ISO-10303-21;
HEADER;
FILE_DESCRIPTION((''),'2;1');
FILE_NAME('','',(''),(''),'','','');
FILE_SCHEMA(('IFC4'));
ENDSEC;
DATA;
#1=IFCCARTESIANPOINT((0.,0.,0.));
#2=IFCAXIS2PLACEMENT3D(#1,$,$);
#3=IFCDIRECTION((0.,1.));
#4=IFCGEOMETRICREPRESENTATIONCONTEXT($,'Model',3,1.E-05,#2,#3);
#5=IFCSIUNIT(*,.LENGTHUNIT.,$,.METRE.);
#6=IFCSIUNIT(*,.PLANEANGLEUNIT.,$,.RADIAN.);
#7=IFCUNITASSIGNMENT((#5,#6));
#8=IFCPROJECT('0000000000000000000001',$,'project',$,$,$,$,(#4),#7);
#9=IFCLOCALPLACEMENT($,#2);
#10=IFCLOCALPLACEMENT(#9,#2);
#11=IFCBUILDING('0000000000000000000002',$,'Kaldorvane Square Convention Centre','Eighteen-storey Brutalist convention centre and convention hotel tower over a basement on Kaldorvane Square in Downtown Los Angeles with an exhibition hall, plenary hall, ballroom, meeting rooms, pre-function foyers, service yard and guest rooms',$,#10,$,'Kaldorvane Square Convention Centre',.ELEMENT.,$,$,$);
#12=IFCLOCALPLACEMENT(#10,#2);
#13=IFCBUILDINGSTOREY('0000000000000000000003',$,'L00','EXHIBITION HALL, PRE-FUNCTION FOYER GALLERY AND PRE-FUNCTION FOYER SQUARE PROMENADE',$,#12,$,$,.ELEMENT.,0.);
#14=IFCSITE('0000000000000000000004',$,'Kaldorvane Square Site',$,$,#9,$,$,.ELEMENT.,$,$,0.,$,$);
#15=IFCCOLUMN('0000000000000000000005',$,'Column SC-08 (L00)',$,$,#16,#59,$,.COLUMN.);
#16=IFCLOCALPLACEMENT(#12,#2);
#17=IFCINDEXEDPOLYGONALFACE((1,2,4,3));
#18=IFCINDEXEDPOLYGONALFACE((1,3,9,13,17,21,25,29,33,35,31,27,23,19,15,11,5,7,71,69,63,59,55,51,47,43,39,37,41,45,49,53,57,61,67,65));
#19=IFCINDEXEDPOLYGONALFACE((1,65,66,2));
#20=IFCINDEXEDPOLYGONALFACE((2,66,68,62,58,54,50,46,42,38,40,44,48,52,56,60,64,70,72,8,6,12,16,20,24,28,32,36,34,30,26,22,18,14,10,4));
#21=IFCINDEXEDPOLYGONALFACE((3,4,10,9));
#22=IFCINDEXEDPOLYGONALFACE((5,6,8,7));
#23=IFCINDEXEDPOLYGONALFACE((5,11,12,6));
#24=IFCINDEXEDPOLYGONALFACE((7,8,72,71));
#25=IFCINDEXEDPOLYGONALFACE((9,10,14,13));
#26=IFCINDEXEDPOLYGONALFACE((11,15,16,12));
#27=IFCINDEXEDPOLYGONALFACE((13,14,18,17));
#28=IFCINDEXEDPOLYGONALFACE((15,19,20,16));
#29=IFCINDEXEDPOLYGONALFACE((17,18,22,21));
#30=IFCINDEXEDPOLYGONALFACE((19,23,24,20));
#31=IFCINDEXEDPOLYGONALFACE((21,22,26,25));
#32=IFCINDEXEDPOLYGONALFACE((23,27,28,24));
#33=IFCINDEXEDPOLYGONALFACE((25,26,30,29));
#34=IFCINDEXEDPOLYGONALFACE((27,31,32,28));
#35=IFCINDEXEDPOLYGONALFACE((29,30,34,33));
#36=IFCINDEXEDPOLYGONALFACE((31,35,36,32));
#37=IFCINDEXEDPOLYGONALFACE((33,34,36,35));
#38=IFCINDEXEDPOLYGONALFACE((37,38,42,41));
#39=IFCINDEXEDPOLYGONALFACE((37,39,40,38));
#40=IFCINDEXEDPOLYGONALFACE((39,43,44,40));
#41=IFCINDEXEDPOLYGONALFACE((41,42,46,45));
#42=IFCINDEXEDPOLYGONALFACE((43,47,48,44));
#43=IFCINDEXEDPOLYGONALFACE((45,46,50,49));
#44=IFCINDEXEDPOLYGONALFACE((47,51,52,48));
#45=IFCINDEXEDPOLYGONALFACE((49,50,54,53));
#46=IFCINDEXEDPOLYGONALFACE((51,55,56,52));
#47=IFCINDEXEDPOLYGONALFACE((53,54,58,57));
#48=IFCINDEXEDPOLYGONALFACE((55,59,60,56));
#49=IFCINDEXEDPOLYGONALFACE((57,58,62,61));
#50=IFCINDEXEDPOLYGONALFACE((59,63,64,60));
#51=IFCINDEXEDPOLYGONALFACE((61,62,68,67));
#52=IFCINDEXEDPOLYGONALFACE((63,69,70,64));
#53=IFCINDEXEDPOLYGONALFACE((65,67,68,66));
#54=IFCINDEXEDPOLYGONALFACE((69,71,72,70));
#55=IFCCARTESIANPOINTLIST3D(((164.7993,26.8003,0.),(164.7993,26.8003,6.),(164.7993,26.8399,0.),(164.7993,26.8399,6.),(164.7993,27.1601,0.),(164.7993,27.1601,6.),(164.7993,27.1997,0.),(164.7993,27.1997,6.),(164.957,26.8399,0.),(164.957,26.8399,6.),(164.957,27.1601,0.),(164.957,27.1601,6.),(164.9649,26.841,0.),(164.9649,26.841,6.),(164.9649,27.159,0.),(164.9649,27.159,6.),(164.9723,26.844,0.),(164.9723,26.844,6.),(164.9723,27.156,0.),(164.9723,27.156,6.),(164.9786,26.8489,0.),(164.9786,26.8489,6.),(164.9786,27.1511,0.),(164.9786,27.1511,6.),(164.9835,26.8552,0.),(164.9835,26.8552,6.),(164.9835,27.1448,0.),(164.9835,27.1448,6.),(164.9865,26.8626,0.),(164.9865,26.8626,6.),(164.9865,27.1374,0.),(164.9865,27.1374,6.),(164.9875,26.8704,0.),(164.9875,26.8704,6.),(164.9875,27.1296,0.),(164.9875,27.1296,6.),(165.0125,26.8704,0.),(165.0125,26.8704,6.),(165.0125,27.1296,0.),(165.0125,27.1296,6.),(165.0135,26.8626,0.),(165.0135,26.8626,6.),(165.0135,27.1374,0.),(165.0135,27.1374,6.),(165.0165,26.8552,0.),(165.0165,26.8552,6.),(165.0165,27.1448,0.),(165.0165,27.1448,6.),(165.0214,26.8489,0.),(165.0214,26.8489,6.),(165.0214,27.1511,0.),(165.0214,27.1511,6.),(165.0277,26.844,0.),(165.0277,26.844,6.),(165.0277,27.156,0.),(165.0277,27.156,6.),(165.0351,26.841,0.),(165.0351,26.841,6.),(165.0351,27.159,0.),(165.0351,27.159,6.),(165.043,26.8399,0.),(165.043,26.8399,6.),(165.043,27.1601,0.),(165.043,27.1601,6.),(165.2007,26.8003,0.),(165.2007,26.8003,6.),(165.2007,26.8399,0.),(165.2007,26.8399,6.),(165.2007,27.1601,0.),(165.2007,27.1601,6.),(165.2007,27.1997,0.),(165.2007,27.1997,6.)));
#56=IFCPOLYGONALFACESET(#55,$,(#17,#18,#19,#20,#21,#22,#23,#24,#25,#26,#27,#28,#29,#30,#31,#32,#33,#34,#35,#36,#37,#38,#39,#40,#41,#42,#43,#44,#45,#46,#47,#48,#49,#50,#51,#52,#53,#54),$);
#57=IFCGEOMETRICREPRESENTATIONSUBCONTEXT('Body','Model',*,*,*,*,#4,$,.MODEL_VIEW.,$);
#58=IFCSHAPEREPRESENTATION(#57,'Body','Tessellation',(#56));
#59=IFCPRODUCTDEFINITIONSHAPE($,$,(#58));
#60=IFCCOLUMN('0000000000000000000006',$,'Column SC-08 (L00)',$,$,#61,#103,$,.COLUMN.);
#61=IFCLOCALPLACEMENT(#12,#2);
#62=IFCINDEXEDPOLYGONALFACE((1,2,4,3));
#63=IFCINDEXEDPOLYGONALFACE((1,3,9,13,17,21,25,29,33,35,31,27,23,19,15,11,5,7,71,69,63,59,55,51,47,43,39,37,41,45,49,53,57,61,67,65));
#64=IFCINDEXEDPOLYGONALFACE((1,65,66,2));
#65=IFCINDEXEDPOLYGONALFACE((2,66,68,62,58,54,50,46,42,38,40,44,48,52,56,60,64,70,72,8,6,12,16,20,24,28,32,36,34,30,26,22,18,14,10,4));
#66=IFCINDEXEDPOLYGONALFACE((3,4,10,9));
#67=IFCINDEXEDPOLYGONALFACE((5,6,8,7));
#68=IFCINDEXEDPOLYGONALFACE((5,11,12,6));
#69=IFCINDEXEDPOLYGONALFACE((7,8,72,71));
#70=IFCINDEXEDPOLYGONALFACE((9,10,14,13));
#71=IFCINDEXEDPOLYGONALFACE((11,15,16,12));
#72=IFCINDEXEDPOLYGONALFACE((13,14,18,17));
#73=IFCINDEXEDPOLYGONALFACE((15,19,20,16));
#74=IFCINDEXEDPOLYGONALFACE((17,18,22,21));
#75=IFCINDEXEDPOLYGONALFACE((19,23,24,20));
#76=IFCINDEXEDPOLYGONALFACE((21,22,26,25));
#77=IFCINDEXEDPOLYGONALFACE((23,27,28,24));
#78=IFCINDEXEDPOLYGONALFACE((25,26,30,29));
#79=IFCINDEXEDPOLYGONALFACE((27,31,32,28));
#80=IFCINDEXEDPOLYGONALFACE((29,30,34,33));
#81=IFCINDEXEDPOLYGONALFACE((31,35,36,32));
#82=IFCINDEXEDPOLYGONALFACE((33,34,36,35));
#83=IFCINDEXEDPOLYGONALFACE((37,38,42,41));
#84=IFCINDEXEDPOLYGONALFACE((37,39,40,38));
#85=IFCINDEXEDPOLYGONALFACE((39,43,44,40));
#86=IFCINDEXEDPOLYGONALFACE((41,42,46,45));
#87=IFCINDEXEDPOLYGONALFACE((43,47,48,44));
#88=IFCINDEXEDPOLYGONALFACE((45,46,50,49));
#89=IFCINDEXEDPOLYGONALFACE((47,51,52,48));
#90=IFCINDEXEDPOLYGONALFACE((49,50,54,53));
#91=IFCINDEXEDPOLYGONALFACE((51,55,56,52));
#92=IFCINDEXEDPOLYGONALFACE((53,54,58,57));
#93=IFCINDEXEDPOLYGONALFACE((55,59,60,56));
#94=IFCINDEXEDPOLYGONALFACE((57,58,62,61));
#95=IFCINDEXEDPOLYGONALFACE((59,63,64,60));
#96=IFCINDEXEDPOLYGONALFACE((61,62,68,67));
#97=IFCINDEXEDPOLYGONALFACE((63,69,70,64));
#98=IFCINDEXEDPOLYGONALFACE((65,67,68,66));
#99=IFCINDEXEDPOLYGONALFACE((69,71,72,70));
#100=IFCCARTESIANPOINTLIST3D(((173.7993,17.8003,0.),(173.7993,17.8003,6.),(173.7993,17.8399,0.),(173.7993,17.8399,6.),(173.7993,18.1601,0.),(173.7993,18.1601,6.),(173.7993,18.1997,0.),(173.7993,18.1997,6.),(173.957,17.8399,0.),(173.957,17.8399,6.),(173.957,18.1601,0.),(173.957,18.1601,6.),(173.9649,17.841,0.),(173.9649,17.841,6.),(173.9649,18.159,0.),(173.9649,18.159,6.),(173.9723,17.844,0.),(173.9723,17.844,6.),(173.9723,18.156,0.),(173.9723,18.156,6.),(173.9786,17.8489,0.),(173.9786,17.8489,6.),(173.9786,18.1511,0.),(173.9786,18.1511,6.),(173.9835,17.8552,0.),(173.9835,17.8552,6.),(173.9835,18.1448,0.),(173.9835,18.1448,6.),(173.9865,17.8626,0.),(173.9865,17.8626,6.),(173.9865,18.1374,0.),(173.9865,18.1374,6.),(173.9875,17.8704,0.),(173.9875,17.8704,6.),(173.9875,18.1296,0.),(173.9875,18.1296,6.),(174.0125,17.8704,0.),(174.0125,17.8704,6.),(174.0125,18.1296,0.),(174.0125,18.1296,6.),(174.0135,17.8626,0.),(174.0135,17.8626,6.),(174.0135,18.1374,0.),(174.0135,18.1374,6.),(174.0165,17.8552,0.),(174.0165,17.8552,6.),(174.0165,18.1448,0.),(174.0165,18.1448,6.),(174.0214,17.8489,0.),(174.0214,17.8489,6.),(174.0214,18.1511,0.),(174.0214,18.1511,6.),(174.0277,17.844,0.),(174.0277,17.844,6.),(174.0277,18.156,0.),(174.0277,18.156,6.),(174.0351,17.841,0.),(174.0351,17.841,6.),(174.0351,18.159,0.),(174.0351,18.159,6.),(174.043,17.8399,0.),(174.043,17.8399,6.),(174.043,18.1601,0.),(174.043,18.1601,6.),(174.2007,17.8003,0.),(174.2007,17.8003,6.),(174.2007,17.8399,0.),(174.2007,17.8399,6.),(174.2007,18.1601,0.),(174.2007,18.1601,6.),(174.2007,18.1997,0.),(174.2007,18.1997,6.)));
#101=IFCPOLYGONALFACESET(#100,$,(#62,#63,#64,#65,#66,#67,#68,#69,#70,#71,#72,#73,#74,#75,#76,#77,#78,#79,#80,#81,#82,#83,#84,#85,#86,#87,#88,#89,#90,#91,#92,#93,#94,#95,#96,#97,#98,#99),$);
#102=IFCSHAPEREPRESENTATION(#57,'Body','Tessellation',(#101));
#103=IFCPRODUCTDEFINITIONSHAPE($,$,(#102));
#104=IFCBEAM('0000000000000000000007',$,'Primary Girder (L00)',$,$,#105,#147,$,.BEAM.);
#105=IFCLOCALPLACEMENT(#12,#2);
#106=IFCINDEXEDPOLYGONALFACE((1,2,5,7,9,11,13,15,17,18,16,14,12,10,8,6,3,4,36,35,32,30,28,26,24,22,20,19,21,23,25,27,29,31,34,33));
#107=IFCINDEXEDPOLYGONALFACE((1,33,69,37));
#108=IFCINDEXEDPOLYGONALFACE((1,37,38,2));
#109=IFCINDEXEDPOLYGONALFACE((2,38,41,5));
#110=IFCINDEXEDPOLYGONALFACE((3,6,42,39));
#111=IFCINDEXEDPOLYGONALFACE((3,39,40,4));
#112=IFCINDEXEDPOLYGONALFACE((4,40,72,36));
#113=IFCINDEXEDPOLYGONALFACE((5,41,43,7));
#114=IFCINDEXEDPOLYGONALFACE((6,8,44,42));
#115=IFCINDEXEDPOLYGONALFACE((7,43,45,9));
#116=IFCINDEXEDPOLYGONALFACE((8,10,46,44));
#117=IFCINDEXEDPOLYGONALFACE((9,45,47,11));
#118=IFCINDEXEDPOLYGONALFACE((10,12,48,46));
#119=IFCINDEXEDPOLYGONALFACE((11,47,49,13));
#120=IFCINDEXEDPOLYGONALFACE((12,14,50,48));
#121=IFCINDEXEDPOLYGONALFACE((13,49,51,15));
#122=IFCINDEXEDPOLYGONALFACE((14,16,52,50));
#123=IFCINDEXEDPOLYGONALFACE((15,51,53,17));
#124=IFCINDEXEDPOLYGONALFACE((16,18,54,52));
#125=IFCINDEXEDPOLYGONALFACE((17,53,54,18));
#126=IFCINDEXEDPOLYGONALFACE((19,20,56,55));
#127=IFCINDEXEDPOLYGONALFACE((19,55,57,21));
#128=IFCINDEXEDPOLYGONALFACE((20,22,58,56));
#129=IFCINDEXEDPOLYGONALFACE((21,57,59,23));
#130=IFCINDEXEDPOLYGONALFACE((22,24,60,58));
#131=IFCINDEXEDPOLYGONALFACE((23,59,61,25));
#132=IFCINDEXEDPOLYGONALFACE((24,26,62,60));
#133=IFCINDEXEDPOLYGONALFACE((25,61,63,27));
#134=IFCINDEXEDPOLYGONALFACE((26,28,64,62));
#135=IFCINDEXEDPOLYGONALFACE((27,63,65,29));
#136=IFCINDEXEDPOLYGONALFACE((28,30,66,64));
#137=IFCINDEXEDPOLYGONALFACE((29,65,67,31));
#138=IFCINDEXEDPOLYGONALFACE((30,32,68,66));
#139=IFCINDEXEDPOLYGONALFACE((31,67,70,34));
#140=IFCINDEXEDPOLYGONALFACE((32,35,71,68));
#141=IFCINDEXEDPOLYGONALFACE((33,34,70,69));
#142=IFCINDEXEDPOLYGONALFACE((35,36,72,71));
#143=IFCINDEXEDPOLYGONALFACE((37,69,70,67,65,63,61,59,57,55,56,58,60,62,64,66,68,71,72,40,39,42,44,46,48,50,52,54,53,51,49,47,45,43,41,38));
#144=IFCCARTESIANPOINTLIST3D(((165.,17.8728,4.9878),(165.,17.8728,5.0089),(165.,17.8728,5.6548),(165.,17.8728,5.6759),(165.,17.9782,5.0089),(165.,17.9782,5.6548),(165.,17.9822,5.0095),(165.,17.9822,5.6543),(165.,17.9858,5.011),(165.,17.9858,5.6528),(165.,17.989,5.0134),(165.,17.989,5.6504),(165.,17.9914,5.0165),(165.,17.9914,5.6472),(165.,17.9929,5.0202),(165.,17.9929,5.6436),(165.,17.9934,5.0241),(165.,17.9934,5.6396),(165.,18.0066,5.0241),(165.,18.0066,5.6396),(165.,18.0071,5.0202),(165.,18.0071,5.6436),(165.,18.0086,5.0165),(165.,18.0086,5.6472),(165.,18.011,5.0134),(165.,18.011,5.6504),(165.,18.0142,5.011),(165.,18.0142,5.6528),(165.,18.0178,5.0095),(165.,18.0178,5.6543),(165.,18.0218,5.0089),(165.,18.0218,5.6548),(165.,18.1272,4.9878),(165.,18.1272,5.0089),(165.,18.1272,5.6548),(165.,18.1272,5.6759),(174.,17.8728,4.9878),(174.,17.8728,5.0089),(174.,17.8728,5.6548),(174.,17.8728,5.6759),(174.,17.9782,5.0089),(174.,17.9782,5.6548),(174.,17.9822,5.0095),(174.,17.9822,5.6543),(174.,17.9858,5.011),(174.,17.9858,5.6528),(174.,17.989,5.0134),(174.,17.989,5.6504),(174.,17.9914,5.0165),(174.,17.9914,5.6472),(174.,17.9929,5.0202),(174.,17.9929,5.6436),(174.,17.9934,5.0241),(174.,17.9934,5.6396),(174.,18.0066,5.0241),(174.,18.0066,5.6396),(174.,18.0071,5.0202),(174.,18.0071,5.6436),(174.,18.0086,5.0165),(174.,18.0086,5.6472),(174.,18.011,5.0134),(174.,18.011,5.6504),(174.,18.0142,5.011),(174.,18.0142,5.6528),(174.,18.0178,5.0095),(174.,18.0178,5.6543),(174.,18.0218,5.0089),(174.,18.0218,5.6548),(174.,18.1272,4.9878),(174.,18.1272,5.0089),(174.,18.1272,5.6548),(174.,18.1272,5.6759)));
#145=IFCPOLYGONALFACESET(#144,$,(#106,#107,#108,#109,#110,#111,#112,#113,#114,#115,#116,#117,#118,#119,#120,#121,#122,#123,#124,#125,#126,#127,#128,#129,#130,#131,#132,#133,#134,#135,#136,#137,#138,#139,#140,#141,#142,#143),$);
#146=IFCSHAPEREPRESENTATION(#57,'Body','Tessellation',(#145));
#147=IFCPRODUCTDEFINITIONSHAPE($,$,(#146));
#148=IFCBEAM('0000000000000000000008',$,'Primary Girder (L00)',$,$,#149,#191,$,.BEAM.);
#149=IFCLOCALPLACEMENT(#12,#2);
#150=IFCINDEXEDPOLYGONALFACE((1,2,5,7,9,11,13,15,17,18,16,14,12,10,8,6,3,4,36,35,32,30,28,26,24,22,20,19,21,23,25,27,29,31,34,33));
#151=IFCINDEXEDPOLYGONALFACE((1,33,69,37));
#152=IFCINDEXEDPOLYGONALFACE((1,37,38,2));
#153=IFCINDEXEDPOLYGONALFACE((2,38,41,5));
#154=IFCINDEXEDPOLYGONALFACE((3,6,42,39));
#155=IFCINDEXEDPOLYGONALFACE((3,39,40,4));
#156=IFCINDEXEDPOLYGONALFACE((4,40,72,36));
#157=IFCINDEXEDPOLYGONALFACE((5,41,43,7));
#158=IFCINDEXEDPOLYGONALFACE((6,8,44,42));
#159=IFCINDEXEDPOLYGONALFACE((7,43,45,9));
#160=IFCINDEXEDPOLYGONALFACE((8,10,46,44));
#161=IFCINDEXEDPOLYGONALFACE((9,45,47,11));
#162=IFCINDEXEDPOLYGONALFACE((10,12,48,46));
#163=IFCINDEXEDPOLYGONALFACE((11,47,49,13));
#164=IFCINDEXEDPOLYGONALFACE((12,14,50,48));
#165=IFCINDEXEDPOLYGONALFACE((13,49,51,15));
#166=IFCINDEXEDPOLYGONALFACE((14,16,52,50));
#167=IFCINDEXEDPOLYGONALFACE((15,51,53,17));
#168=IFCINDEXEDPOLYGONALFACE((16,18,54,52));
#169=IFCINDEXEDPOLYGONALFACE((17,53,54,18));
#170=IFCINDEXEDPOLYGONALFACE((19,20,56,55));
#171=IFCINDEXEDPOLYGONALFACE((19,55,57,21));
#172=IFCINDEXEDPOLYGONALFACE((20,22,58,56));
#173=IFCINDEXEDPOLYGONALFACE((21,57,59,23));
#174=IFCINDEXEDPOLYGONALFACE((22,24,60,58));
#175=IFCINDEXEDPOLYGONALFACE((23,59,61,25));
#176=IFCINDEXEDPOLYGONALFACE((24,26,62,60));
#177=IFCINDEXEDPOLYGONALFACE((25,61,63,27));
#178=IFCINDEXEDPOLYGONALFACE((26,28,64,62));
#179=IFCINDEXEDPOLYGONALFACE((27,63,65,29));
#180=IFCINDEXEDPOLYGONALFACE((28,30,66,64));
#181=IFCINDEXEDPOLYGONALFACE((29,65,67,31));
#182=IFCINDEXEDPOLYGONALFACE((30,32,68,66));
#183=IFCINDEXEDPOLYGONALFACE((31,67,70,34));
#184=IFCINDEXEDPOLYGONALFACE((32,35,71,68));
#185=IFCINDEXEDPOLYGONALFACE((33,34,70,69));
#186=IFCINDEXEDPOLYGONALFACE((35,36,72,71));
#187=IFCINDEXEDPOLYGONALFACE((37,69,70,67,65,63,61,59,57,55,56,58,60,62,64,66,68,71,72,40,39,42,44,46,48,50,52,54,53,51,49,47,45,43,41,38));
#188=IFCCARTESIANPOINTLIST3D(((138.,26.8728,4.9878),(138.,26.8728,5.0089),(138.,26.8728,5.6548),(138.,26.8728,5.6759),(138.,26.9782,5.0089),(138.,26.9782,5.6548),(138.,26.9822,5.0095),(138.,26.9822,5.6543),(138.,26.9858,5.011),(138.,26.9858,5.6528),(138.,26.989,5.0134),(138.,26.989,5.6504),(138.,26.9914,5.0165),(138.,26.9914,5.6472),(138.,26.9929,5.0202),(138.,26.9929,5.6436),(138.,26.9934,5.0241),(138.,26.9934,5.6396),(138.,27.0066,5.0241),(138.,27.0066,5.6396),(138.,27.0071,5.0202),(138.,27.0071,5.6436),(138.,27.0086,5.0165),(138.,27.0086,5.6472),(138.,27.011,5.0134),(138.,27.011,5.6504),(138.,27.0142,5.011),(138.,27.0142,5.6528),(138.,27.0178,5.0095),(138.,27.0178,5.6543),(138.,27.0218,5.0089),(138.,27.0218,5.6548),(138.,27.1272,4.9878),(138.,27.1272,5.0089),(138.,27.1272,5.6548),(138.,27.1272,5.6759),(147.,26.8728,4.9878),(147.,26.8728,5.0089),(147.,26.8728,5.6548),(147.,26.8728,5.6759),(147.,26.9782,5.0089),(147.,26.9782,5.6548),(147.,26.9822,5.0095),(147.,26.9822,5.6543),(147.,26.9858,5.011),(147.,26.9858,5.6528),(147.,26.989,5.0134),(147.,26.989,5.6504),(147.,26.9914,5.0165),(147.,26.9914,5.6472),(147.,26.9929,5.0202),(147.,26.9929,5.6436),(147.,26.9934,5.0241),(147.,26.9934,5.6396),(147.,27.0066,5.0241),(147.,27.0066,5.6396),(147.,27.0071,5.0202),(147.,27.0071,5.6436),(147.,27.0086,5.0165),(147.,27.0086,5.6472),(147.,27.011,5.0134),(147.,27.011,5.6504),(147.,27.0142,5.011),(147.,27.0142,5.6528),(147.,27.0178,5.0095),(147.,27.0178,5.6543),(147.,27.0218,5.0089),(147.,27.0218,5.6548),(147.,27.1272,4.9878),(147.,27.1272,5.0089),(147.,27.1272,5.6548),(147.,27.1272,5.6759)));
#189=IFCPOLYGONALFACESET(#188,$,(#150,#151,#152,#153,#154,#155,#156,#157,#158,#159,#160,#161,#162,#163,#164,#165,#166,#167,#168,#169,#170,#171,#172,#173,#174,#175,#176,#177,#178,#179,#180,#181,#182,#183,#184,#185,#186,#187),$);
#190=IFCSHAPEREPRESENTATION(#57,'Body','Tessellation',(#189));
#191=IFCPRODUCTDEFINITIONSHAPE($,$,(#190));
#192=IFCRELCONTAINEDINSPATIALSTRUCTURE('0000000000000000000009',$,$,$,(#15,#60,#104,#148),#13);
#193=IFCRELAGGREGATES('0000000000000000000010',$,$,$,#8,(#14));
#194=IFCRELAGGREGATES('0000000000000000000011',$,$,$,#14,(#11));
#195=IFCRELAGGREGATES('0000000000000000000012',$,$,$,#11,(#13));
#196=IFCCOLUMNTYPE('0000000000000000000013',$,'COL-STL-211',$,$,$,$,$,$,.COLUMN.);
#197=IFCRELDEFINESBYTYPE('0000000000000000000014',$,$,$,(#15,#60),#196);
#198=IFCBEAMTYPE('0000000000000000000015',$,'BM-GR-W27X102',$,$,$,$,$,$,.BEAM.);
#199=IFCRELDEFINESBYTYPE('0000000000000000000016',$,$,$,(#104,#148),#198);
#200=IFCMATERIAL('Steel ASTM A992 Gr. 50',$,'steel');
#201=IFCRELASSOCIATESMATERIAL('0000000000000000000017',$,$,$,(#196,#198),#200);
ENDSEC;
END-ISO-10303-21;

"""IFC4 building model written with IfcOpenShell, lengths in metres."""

from ifc_helpers import new_model, si_unit, direction, frame, origin, origin_2d, place, context, subcontext, project, spatial, i_section, extrude, material, material_profile, profile_set, type_object, element, save


model = new_model("IFC4")

# Units and contexts
model_context = context("Model", 3, precision=1e-05, world=origin(), true_north=direction((0.0, 1.0)))
body_context = subcontext(model_context, "Body", "Model", "MODEL_VIEW")
ifc_project = project(units=[si_unit("LENGTHUNIT", "METRE"), si_unit("PLANEANGLEUNIT", "RADIAN")], contexts=[model_context])

# Site, building, storey
site_placement = place(None, origin())
site = spatial("IfcSite", under=ifc_project, at=site_placement, Name="Kaldorvane Square Site", CompositionType="ELEMENT", RefElevation=0.0)
building_placement = place(site_placement, origin())
building = spatial("IfcBuilding", under=site, at=building_placement, Name="Kaldorvane Square Convention Centre", Description="Eighteen-storey Brutalist convention centre and convention hotel tower over a basement on Kaldorvane Square in Downtown Los Angeles with an exhibition hall, plenary hall, ballroom, meeting rooms, pre-function foyers, service yard and guest rooms", LongName="Kaldorvane Square Convention Centre", CompositionType="ELEMENT")
storey_placement = place(building_placement, origin())
storey = spatial("IfcBuildingStorey", under=building, at=storey_placement, Name="L00", Description="EXHIBITION HALL, PRE-FUNCTION FOYER GALLERY AND PRE-FUNCTION FOYER SQUARE PROMENADE", CompositionType="ELEMENT", Elevation=0.0)

# Columns
ifc_material_1 = material(Name="Steel ASTM A992 Gr. 50", Category="steel")
ifc_material_profile_1 = material_profile(ifc_material_1, i_section(OverallWidth=0.4013, OverallDepth=0.3993, WebThickness=0.0249, FlangeThickness=0.0396, FilletRadius=0.0305, at=origin_2d()), Name="W14X211")
ifc_profile_set_1 = profile_set([ifc_material_profile_1], Name="Steel ASTM A992 Gr. 50")
column_type_1 = type_object("IfcColumnType", Name="COL-STL-211", PredefinedType="COLUMN", material=ifc_profile_set_1)
for number, where, z_axis, x_axis, name in (
    (1, (165.0, 27.0, 0.0), (0.0, 0.0, 1.0), (1.0, 0.0, 0.0), "Column SC-08 (L00)"),
    (2, (174.0, 18.0, 0.0), (0.0, 0.0, 1.0), (1.0, 0.0, 0.0), "Column SC-08 (L00)"),
):
    element("IfcColumn", number, at=place(storey_placement, frame(where, z_axis=z_axis, x_axis=x_axis)), inside=storey, type_object=column_type_1, Name=name, PredefinedType="COLUMN", context=body_context, shape_type="SweptSolid", body=[
        extrude(i_section(OverallWidth=0.4013, OverallDepth=0.3993, WebThickness=0.0249, FlangeThickness=0.0396, FilletRadius=0.0305, at=origin_2d()), origin(), (0.0, 0.0, 1.0), 6.0),
    ])

# Beams
ifc_material_profile_2 = material_profile(ifc_material_1, i_section(OverallWidth=0.2544, OverallDepth=0.6881, WebThickness=0.0131, FlangeThickness=0.0211, FilletRadius=0.0152, at=origin_2d()), Name="W27X102")
ifc_profile_set_2 = profile_set([ifc_material_profile_2], Name="Steel ASTM A992 Gr. 50")
beam_type_1 = type_object("IfcBeamType", Name="BM-GR-W27X102", PredefinedType="BEAM", material=ifc_profile_set_2)
for number, where, z_axis, x_axis, name in (
    (3, (165.0, 18.0, 5.3319), (1.0, 0.0, 0.0), (0.0, 1.0, 0.0), "Primary Girder (L00)"),
    (4, (138.0, 27.0, 5.3319), (1.0, 0.0, 0.0), (0.0, 1.0, 0.0), "Primary Girder (L00)"),
):
    element("IfcBeam", number, at=place(storey_placement, frame(where, z_axis=z_axis, x_axis=x_axis)), inside=storey, type_object=beam_type_1, Name=name, PredefinedType="BEAM", context=body_context, shape_type="SweptSolid", body=[
        extrude(i_section(OverallWidth=0.2544, OverallDepth=0.6881, WebThickness=0.0131, FlangeThickness=0.0211, FilletRadius=0.0152, at=origin_2d()), origin(), (0.0, 0.0, 1.0), 9.0),
    ])

save(model, "model.ifc")
